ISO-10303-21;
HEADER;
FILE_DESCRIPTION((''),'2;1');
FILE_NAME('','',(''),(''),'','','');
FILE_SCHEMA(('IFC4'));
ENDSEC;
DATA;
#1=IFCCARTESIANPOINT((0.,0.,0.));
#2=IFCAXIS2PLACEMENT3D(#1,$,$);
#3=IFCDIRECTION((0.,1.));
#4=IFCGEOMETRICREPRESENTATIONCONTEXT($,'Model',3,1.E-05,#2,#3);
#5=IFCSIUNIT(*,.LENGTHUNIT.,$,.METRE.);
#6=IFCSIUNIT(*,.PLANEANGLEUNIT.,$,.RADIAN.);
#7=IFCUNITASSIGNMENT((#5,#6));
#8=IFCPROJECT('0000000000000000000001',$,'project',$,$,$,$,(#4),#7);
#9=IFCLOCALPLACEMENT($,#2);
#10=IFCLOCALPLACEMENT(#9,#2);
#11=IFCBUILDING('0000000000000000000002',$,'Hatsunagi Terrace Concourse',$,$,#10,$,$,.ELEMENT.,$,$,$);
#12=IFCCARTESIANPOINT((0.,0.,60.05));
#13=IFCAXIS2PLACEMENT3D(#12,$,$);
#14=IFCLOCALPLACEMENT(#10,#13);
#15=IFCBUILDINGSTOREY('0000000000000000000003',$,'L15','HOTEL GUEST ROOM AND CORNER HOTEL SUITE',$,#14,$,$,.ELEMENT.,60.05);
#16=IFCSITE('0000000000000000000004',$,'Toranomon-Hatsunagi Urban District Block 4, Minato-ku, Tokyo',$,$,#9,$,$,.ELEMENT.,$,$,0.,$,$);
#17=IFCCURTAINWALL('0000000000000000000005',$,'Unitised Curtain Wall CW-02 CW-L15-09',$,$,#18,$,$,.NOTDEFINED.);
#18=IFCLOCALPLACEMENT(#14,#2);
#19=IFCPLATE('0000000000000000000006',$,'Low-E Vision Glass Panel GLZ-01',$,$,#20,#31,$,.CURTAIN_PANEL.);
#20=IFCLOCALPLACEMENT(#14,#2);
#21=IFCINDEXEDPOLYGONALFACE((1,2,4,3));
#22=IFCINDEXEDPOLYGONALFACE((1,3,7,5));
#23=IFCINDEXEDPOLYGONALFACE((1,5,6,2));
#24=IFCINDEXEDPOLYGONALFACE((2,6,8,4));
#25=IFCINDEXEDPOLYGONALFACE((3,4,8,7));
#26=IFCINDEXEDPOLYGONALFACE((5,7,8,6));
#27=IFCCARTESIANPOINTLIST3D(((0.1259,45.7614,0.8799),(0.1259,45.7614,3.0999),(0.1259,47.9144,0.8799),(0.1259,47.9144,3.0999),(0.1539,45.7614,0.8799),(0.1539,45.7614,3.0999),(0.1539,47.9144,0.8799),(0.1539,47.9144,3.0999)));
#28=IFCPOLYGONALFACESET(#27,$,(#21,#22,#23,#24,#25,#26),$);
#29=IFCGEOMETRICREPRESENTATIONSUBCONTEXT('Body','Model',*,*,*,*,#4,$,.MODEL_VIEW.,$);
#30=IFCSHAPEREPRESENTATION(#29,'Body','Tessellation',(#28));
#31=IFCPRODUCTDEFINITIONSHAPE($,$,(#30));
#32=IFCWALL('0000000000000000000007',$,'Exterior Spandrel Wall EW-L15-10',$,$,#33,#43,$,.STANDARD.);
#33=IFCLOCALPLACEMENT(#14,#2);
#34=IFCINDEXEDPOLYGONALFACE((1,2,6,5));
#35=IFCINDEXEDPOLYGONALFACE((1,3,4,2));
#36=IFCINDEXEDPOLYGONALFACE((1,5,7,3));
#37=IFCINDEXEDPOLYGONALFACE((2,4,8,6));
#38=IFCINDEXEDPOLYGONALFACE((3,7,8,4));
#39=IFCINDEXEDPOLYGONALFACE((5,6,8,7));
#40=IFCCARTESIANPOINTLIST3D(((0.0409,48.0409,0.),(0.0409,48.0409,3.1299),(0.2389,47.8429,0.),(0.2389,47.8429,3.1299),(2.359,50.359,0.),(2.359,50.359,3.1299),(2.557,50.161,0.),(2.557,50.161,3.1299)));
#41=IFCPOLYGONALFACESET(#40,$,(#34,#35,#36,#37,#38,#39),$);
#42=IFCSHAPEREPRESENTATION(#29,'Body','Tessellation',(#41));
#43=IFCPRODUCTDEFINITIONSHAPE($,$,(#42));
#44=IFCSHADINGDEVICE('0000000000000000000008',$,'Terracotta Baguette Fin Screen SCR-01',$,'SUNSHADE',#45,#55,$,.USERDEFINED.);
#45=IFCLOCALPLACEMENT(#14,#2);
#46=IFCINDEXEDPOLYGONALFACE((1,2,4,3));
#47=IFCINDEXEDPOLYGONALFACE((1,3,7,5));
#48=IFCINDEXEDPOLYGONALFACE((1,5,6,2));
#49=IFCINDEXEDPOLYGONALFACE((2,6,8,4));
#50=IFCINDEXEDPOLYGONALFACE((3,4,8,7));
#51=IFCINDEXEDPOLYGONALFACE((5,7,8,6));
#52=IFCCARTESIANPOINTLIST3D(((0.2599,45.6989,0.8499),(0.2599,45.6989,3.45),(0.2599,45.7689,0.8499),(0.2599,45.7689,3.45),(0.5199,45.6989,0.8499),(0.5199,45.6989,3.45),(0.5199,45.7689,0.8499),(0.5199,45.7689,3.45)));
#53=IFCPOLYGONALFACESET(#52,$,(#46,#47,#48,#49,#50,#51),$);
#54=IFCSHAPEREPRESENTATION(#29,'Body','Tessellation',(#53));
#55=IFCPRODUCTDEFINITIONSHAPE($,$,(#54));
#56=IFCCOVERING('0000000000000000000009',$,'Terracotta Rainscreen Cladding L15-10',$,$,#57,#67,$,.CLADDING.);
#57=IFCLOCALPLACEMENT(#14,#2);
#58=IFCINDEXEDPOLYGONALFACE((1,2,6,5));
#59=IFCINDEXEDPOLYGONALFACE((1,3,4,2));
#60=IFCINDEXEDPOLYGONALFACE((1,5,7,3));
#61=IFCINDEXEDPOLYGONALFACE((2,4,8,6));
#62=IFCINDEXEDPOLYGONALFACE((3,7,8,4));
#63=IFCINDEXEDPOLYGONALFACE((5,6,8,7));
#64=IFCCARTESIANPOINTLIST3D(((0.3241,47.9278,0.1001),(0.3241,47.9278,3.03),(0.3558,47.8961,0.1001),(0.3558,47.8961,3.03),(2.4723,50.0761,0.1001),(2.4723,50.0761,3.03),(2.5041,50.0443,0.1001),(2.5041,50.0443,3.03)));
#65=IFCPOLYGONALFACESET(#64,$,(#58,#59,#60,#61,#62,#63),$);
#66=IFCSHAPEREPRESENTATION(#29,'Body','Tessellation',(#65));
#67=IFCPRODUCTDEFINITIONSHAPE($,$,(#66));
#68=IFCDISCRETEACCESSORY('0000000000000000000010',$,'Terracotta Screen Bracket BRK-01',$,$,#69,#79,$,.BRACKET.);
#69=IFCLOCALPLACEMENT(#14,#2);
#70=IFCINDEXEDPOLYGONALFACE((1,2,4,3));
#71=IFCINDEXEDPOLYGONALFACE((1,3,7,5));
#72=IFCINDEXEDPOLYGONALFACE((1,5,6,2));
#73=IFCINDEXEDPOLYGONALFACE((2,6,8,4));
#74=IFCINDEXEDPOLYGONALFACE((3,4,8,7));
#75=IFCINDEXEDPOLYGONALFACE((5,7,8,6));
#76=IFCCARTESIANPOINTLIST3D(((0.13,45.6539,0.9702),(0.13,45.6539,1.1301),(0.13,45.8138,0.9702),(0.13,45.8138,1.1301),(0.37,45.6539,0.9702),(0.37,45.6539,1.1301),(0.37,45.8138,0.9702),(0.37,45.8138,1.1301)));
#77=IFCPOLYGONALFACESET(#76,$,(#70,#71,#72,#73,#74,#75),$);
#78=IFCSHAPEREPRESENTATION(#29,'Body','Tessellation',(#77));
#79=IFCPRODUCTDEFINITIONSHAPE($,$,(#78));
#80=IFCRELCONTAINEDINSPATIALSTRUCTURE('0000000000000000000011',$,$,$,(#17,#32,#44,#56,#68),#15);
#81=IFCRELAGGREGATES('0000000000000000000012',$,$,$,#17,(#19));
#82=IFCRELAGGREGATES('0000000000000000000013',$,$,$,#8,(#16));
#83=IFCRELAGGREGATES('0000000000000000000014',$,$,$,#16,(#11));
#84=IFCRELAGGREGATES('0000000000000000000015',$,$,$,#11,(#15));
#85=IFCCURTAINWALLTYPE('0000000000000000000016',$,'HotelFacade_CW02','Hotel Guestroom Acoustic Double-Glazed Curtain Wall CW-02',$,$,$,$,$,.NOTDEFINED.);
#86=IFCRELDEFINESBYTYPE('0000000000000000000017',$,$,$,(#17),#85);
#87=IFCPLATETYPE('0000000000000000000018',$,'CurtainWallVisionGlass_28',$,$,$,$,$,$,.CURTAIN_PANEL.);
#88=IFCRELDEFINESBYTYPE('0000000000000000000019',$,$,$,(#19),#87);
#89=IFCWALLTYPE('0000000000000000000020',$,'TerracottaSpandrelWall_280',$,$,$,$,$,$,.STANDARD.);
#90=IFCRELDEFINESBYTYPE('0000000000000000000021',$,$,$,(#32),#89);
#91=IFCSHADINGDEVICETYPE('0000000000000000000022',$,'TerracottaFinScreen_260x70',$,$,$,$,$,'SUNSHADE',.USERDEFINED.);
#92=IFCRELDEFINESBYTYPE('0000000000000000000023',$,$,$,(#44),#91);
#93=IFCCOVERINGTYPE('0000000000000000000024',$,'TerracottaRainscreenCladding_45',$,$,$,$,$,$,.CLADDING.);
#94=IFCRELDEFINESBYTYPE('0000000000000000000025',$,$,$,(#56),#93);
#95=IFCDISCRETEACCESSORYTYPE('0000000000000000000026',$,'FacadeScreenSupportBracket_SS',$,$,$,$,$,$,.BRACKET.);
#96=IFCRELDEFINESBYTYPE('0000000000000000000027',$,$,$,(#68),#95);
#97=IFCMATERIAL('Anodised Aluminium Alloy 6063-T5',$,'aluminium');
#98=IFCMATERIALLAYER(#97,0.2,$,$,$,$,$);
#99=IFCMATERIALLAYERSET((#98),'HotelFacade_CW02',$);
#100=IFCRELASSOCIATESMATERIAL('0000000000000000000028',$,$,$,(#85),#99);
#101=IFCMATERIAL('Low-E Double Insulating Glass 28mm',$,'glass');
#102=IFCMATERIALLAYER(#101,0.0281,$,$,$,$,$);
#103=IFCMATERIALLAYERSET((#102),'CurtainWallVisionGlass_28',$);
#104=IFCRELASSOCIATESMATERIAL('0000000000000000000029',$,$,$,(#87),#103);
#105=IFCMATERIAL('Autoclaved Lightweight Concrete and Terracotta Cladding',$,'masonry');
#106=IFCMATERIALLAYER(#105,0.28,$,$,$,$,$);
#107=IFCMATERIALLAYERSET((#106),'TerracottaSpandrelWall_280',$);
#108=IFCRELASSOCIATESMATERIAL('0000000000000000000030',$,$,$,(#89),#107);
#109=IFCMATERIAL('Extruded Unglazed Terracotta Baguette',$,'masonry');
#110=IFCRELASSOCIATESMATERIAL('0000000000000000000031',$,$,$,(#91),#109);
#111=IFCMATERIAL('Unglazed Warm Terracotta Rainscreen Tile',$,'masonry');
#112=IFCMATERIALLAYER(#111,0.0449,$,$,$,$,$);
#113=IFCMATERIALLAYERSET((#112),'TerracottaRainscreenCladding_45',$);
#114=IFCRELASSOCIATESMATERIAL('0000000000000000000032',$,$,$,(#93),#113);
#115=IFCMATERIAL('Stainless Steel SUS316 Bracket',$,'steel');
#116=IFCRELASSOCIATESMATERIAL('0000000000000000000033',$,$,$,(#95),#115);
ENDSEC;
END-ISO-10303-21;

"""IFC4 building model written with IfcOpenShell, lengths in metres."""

from ifc_helpers import new_model, si_unit, direction, frame, frame_2d, origin, origin_2d, place, context, subcontext, project, spatial, rectangle, extrude, material, layer, layer_set, type_object, element, aggregate, save


model = new_model("IFC4")

# Units and contexts
model_context = context("Model", 3, precision=1e-05, world=origin(), true_north=direction((0.0, 1.0)))
body_context = subcontext(model_context, "Body", "Model", "MODEL_VIEW")
ifc_project = project(units=[si_unit("LENGTHUNIT", "METRE"), si_unit("PLANEANGLEUNIT", "RADIAN")], contexts=[model_context])

# Site, building, storey
site_placement = place(None, origin())
site = spatial("IfcSite", under=ifc_project, at=site_placement, Name="Toranomon-Hatsunagi Urban District Block 4, Minato-ku, Tokyo", CompositionType="ELEMENT", RefElevation=0.0)
building_placement = place(site_placement, origin())
building = spatial("IfcBuilding", under=site, at=building_placement, Name="Hatsunagi Terrace Concourse", CompositionType="ELEMENT")
storey_placement = place(building_placement, frame((0.0, 0.0, 60.05)))
storey = spatial("IfcBuildingStorey", under=building, at=storey_placement, Name="L15", Description="HOTEL GUEST ROOM AND CORNER HOTEL SUITE", CompositionType="ELEMENT", Elevation=60.05)

# Curtain wall
ifc_material_1 = material(Name="Anodised Aluminium Alloy 6063-T5", Category="aluminium")
ifc_layer_1 = layer(ifc_material_1, 0.2)
ifc_layer_set_1 = layer_set([ifc_layer_1], Name="HotelFacade_CW02")
curtain_wall_type = type_object("IfcCurtainWallType", Name="HotelFacade_CW02", Description="Hotel Guestroom Acoustic Double-Glazed Curtain Wall CW-02", PredefinedType="NOTDEFINED", material=ifc_layer_set_1)
curtain_wall_placement = place(storey_placement, origin())
curtain_wall = element("IfcCurtainWall", 1, at=curtain_wall_placement, inside=storey, type_object=curtain_wall_type, Name="Unitised Curtain Wall CW-02 CW-L15-09", PredefinedType="NOTDEFINED")

# Plate
ifc_material_2 = material(Name="Low-E Double Insulating Glass 28mm", Category="glass")
ifc_layer_2 = layer(ifc_material_2, 0.0281)
ifc_layer_set_2 = layer_set([ifc_layer_2], Name="CurtainWallVisionGlass_28")
plate_type_1 = type_object("IfcPlateType", Name="CurtainWallVisionGlass_28", PredefinedType="CURTAIN_PANEL", material=ifc_layer_set_2)
plate_1_placement = place(storey_placement, frame((0.1399, 46.8379, 0.8799), z_axis=(0.0, 0.0, 1.0), x_axis=(0.0, 1.0, 0.0)))
plate_1 = element("IfcPlate", 2, at=plate_1_placement, type_object=plate_type_1, Name="Low-E Vision Glass Panel GLZ-01", PredefinedType="CURTAIN_PANEL", context=body_context, shape_type="SweptSolid", body=[
    extrude(rectangle(XDim=2.1531, YDim=0.0281, at=origin_2d()), origin(), (0.0, 0.0, 1.0), 2.22),
])
aggregate(curtain_wall, [plate_1])

# Wall
ifc_material_3 = material(Name="Autoclaved Lightweight Concrete and Terracotta Cladding", Category="masonry")
ifc_layer_3 = layer(ifc_material_3, 0.28)
ifc_layer_set_3 = layer_set([ifc_layer_3], Name="TerracottaSpandrelWall_280")
wall_type = type_object("IfcWallType", Name="TerracottaSpandrelWall_280", PredefinedType="STANDARD", material=ifc_layer_set_3)
wall_1_placement = place(storey_placement, frame((0.1399, 47.9419, 0.0), z_axis=(0.0, 0.0, 1.0), x_axis=(0.707107, 0.707107, 0.0)))
element("IfcWall", 3, at=wall_1_placement, inside=storey, type_object=wall_type, Name="Exterior Spandrel Wall EW-L15-10", PredefinedType="STANDARD", context=body_context, shape_type="SweptSolid", body=[
    extrude(rectangle(XDim=3.2783, YDim=0.28, at=frame_2d((1.6392, 0.0))), origin(), (0.0, 0.0, 1.0), 3.1299),
])

# Shading device
ifc_material_4 = material(Name="Extruded Unglazed Terracotta Baguette", Category="masonry")
shading_device_type = type_object("IfcShadingDeviceType", Name="TerracottaFinScreen_260x70", ElementType="SUNSHADE", PredefinedType="USERDEFINED", material=ifc_material_4)
shading_device_placement = place(storey_placement, frame((0.3899, 45.7339, 0.8499), z_axis=(0.0, 0.0, 1.0), x_axis=(0.0, 1.0, 0.0)))
element("IfcShadingDevice", 4, at=shading_device_placement, inside=storey, type_object=shading_device_type, Name="Terracotta Baguette Fin Screen SCR-01", ObjectType="SUNSHADE", PredefinedType="USERDEFINED", context=body_context, shape_type="SweptSolid", body=[
    extrude(rectangle(XDim=0.0701, YDim=0.26, at=origin_2d()), origin(), (0.0, 0.0, 1.0), 2.6001),
])

# Covering
ifc_material_5 = material(Name="Unglazed Warm Terracotta Rainscreen Tile", Category="masonry")
ifc_layer_4 = layer(ifc_material_5, 0.0449)
ifc_layer_set_4 = layer_set([ifc_layer_4], Name="TerracottaRainscreenCladding_45")
covering_type = type_object("IfcCoveringType", Name="TerracottaRainscreenCladding_45", PredefinedType="CLADDING", material=ifc_layer_set_4)
covering_placement = place(storey_placement, frame((1.4141, 48.9861, 0.1001), z_axis=(0.0, 0.0, 1.0), x_axis=(0.707107, 0.707107, 0.0)))
element("IfcCovering", 5, at=covering_placement, inside=storey, type_object=covering_type, Name="Terracotta Rainscreen Cladding L15-10", PredefinedType="CLADDING", context=body_context, shape_type="SweptSolid", body=[
    extrude(rectangle(XDim=3.0381, YDim=0.0449, at=origin_2d()), origin(), (0.0, 0.0, 1.0), 2.9299),
])

# Discrete accessory
ifc_material_6 = material(Name="Stainless Steel SUS316 Bracket", Category="steel")
discrete_accessory_type = type_object("IfcDiscreteAccessoryType", Name="FacadeScreenSupportBracket_SS", PredefinedType="BRACKET", material=ifc_material_6)
discrete_accessory_placement = place(storey_placement, frame((0.25, 45.7339, 0.9702), z_axis=(0.0, 0.0, 1.0), x_axis=(0.0, 1.0, 0.0)))
element("IfcDiscreteAccessory", 6, at=discrete_accessory_placement, inside=storey, type_object=discrete_accessory_type, Name="Terracotta Screen Bracket BRK-01", PredefinedType="BRACKET", context=body_context, shape_type="SweptSolid", body=[
    extrude(rectangle(XDim=0.1599, YDim=0.24, at=origin_2d()), origin(), (0.0, 0.0, 1.0), 0.1599),
])

save(model, "model.ifc")
